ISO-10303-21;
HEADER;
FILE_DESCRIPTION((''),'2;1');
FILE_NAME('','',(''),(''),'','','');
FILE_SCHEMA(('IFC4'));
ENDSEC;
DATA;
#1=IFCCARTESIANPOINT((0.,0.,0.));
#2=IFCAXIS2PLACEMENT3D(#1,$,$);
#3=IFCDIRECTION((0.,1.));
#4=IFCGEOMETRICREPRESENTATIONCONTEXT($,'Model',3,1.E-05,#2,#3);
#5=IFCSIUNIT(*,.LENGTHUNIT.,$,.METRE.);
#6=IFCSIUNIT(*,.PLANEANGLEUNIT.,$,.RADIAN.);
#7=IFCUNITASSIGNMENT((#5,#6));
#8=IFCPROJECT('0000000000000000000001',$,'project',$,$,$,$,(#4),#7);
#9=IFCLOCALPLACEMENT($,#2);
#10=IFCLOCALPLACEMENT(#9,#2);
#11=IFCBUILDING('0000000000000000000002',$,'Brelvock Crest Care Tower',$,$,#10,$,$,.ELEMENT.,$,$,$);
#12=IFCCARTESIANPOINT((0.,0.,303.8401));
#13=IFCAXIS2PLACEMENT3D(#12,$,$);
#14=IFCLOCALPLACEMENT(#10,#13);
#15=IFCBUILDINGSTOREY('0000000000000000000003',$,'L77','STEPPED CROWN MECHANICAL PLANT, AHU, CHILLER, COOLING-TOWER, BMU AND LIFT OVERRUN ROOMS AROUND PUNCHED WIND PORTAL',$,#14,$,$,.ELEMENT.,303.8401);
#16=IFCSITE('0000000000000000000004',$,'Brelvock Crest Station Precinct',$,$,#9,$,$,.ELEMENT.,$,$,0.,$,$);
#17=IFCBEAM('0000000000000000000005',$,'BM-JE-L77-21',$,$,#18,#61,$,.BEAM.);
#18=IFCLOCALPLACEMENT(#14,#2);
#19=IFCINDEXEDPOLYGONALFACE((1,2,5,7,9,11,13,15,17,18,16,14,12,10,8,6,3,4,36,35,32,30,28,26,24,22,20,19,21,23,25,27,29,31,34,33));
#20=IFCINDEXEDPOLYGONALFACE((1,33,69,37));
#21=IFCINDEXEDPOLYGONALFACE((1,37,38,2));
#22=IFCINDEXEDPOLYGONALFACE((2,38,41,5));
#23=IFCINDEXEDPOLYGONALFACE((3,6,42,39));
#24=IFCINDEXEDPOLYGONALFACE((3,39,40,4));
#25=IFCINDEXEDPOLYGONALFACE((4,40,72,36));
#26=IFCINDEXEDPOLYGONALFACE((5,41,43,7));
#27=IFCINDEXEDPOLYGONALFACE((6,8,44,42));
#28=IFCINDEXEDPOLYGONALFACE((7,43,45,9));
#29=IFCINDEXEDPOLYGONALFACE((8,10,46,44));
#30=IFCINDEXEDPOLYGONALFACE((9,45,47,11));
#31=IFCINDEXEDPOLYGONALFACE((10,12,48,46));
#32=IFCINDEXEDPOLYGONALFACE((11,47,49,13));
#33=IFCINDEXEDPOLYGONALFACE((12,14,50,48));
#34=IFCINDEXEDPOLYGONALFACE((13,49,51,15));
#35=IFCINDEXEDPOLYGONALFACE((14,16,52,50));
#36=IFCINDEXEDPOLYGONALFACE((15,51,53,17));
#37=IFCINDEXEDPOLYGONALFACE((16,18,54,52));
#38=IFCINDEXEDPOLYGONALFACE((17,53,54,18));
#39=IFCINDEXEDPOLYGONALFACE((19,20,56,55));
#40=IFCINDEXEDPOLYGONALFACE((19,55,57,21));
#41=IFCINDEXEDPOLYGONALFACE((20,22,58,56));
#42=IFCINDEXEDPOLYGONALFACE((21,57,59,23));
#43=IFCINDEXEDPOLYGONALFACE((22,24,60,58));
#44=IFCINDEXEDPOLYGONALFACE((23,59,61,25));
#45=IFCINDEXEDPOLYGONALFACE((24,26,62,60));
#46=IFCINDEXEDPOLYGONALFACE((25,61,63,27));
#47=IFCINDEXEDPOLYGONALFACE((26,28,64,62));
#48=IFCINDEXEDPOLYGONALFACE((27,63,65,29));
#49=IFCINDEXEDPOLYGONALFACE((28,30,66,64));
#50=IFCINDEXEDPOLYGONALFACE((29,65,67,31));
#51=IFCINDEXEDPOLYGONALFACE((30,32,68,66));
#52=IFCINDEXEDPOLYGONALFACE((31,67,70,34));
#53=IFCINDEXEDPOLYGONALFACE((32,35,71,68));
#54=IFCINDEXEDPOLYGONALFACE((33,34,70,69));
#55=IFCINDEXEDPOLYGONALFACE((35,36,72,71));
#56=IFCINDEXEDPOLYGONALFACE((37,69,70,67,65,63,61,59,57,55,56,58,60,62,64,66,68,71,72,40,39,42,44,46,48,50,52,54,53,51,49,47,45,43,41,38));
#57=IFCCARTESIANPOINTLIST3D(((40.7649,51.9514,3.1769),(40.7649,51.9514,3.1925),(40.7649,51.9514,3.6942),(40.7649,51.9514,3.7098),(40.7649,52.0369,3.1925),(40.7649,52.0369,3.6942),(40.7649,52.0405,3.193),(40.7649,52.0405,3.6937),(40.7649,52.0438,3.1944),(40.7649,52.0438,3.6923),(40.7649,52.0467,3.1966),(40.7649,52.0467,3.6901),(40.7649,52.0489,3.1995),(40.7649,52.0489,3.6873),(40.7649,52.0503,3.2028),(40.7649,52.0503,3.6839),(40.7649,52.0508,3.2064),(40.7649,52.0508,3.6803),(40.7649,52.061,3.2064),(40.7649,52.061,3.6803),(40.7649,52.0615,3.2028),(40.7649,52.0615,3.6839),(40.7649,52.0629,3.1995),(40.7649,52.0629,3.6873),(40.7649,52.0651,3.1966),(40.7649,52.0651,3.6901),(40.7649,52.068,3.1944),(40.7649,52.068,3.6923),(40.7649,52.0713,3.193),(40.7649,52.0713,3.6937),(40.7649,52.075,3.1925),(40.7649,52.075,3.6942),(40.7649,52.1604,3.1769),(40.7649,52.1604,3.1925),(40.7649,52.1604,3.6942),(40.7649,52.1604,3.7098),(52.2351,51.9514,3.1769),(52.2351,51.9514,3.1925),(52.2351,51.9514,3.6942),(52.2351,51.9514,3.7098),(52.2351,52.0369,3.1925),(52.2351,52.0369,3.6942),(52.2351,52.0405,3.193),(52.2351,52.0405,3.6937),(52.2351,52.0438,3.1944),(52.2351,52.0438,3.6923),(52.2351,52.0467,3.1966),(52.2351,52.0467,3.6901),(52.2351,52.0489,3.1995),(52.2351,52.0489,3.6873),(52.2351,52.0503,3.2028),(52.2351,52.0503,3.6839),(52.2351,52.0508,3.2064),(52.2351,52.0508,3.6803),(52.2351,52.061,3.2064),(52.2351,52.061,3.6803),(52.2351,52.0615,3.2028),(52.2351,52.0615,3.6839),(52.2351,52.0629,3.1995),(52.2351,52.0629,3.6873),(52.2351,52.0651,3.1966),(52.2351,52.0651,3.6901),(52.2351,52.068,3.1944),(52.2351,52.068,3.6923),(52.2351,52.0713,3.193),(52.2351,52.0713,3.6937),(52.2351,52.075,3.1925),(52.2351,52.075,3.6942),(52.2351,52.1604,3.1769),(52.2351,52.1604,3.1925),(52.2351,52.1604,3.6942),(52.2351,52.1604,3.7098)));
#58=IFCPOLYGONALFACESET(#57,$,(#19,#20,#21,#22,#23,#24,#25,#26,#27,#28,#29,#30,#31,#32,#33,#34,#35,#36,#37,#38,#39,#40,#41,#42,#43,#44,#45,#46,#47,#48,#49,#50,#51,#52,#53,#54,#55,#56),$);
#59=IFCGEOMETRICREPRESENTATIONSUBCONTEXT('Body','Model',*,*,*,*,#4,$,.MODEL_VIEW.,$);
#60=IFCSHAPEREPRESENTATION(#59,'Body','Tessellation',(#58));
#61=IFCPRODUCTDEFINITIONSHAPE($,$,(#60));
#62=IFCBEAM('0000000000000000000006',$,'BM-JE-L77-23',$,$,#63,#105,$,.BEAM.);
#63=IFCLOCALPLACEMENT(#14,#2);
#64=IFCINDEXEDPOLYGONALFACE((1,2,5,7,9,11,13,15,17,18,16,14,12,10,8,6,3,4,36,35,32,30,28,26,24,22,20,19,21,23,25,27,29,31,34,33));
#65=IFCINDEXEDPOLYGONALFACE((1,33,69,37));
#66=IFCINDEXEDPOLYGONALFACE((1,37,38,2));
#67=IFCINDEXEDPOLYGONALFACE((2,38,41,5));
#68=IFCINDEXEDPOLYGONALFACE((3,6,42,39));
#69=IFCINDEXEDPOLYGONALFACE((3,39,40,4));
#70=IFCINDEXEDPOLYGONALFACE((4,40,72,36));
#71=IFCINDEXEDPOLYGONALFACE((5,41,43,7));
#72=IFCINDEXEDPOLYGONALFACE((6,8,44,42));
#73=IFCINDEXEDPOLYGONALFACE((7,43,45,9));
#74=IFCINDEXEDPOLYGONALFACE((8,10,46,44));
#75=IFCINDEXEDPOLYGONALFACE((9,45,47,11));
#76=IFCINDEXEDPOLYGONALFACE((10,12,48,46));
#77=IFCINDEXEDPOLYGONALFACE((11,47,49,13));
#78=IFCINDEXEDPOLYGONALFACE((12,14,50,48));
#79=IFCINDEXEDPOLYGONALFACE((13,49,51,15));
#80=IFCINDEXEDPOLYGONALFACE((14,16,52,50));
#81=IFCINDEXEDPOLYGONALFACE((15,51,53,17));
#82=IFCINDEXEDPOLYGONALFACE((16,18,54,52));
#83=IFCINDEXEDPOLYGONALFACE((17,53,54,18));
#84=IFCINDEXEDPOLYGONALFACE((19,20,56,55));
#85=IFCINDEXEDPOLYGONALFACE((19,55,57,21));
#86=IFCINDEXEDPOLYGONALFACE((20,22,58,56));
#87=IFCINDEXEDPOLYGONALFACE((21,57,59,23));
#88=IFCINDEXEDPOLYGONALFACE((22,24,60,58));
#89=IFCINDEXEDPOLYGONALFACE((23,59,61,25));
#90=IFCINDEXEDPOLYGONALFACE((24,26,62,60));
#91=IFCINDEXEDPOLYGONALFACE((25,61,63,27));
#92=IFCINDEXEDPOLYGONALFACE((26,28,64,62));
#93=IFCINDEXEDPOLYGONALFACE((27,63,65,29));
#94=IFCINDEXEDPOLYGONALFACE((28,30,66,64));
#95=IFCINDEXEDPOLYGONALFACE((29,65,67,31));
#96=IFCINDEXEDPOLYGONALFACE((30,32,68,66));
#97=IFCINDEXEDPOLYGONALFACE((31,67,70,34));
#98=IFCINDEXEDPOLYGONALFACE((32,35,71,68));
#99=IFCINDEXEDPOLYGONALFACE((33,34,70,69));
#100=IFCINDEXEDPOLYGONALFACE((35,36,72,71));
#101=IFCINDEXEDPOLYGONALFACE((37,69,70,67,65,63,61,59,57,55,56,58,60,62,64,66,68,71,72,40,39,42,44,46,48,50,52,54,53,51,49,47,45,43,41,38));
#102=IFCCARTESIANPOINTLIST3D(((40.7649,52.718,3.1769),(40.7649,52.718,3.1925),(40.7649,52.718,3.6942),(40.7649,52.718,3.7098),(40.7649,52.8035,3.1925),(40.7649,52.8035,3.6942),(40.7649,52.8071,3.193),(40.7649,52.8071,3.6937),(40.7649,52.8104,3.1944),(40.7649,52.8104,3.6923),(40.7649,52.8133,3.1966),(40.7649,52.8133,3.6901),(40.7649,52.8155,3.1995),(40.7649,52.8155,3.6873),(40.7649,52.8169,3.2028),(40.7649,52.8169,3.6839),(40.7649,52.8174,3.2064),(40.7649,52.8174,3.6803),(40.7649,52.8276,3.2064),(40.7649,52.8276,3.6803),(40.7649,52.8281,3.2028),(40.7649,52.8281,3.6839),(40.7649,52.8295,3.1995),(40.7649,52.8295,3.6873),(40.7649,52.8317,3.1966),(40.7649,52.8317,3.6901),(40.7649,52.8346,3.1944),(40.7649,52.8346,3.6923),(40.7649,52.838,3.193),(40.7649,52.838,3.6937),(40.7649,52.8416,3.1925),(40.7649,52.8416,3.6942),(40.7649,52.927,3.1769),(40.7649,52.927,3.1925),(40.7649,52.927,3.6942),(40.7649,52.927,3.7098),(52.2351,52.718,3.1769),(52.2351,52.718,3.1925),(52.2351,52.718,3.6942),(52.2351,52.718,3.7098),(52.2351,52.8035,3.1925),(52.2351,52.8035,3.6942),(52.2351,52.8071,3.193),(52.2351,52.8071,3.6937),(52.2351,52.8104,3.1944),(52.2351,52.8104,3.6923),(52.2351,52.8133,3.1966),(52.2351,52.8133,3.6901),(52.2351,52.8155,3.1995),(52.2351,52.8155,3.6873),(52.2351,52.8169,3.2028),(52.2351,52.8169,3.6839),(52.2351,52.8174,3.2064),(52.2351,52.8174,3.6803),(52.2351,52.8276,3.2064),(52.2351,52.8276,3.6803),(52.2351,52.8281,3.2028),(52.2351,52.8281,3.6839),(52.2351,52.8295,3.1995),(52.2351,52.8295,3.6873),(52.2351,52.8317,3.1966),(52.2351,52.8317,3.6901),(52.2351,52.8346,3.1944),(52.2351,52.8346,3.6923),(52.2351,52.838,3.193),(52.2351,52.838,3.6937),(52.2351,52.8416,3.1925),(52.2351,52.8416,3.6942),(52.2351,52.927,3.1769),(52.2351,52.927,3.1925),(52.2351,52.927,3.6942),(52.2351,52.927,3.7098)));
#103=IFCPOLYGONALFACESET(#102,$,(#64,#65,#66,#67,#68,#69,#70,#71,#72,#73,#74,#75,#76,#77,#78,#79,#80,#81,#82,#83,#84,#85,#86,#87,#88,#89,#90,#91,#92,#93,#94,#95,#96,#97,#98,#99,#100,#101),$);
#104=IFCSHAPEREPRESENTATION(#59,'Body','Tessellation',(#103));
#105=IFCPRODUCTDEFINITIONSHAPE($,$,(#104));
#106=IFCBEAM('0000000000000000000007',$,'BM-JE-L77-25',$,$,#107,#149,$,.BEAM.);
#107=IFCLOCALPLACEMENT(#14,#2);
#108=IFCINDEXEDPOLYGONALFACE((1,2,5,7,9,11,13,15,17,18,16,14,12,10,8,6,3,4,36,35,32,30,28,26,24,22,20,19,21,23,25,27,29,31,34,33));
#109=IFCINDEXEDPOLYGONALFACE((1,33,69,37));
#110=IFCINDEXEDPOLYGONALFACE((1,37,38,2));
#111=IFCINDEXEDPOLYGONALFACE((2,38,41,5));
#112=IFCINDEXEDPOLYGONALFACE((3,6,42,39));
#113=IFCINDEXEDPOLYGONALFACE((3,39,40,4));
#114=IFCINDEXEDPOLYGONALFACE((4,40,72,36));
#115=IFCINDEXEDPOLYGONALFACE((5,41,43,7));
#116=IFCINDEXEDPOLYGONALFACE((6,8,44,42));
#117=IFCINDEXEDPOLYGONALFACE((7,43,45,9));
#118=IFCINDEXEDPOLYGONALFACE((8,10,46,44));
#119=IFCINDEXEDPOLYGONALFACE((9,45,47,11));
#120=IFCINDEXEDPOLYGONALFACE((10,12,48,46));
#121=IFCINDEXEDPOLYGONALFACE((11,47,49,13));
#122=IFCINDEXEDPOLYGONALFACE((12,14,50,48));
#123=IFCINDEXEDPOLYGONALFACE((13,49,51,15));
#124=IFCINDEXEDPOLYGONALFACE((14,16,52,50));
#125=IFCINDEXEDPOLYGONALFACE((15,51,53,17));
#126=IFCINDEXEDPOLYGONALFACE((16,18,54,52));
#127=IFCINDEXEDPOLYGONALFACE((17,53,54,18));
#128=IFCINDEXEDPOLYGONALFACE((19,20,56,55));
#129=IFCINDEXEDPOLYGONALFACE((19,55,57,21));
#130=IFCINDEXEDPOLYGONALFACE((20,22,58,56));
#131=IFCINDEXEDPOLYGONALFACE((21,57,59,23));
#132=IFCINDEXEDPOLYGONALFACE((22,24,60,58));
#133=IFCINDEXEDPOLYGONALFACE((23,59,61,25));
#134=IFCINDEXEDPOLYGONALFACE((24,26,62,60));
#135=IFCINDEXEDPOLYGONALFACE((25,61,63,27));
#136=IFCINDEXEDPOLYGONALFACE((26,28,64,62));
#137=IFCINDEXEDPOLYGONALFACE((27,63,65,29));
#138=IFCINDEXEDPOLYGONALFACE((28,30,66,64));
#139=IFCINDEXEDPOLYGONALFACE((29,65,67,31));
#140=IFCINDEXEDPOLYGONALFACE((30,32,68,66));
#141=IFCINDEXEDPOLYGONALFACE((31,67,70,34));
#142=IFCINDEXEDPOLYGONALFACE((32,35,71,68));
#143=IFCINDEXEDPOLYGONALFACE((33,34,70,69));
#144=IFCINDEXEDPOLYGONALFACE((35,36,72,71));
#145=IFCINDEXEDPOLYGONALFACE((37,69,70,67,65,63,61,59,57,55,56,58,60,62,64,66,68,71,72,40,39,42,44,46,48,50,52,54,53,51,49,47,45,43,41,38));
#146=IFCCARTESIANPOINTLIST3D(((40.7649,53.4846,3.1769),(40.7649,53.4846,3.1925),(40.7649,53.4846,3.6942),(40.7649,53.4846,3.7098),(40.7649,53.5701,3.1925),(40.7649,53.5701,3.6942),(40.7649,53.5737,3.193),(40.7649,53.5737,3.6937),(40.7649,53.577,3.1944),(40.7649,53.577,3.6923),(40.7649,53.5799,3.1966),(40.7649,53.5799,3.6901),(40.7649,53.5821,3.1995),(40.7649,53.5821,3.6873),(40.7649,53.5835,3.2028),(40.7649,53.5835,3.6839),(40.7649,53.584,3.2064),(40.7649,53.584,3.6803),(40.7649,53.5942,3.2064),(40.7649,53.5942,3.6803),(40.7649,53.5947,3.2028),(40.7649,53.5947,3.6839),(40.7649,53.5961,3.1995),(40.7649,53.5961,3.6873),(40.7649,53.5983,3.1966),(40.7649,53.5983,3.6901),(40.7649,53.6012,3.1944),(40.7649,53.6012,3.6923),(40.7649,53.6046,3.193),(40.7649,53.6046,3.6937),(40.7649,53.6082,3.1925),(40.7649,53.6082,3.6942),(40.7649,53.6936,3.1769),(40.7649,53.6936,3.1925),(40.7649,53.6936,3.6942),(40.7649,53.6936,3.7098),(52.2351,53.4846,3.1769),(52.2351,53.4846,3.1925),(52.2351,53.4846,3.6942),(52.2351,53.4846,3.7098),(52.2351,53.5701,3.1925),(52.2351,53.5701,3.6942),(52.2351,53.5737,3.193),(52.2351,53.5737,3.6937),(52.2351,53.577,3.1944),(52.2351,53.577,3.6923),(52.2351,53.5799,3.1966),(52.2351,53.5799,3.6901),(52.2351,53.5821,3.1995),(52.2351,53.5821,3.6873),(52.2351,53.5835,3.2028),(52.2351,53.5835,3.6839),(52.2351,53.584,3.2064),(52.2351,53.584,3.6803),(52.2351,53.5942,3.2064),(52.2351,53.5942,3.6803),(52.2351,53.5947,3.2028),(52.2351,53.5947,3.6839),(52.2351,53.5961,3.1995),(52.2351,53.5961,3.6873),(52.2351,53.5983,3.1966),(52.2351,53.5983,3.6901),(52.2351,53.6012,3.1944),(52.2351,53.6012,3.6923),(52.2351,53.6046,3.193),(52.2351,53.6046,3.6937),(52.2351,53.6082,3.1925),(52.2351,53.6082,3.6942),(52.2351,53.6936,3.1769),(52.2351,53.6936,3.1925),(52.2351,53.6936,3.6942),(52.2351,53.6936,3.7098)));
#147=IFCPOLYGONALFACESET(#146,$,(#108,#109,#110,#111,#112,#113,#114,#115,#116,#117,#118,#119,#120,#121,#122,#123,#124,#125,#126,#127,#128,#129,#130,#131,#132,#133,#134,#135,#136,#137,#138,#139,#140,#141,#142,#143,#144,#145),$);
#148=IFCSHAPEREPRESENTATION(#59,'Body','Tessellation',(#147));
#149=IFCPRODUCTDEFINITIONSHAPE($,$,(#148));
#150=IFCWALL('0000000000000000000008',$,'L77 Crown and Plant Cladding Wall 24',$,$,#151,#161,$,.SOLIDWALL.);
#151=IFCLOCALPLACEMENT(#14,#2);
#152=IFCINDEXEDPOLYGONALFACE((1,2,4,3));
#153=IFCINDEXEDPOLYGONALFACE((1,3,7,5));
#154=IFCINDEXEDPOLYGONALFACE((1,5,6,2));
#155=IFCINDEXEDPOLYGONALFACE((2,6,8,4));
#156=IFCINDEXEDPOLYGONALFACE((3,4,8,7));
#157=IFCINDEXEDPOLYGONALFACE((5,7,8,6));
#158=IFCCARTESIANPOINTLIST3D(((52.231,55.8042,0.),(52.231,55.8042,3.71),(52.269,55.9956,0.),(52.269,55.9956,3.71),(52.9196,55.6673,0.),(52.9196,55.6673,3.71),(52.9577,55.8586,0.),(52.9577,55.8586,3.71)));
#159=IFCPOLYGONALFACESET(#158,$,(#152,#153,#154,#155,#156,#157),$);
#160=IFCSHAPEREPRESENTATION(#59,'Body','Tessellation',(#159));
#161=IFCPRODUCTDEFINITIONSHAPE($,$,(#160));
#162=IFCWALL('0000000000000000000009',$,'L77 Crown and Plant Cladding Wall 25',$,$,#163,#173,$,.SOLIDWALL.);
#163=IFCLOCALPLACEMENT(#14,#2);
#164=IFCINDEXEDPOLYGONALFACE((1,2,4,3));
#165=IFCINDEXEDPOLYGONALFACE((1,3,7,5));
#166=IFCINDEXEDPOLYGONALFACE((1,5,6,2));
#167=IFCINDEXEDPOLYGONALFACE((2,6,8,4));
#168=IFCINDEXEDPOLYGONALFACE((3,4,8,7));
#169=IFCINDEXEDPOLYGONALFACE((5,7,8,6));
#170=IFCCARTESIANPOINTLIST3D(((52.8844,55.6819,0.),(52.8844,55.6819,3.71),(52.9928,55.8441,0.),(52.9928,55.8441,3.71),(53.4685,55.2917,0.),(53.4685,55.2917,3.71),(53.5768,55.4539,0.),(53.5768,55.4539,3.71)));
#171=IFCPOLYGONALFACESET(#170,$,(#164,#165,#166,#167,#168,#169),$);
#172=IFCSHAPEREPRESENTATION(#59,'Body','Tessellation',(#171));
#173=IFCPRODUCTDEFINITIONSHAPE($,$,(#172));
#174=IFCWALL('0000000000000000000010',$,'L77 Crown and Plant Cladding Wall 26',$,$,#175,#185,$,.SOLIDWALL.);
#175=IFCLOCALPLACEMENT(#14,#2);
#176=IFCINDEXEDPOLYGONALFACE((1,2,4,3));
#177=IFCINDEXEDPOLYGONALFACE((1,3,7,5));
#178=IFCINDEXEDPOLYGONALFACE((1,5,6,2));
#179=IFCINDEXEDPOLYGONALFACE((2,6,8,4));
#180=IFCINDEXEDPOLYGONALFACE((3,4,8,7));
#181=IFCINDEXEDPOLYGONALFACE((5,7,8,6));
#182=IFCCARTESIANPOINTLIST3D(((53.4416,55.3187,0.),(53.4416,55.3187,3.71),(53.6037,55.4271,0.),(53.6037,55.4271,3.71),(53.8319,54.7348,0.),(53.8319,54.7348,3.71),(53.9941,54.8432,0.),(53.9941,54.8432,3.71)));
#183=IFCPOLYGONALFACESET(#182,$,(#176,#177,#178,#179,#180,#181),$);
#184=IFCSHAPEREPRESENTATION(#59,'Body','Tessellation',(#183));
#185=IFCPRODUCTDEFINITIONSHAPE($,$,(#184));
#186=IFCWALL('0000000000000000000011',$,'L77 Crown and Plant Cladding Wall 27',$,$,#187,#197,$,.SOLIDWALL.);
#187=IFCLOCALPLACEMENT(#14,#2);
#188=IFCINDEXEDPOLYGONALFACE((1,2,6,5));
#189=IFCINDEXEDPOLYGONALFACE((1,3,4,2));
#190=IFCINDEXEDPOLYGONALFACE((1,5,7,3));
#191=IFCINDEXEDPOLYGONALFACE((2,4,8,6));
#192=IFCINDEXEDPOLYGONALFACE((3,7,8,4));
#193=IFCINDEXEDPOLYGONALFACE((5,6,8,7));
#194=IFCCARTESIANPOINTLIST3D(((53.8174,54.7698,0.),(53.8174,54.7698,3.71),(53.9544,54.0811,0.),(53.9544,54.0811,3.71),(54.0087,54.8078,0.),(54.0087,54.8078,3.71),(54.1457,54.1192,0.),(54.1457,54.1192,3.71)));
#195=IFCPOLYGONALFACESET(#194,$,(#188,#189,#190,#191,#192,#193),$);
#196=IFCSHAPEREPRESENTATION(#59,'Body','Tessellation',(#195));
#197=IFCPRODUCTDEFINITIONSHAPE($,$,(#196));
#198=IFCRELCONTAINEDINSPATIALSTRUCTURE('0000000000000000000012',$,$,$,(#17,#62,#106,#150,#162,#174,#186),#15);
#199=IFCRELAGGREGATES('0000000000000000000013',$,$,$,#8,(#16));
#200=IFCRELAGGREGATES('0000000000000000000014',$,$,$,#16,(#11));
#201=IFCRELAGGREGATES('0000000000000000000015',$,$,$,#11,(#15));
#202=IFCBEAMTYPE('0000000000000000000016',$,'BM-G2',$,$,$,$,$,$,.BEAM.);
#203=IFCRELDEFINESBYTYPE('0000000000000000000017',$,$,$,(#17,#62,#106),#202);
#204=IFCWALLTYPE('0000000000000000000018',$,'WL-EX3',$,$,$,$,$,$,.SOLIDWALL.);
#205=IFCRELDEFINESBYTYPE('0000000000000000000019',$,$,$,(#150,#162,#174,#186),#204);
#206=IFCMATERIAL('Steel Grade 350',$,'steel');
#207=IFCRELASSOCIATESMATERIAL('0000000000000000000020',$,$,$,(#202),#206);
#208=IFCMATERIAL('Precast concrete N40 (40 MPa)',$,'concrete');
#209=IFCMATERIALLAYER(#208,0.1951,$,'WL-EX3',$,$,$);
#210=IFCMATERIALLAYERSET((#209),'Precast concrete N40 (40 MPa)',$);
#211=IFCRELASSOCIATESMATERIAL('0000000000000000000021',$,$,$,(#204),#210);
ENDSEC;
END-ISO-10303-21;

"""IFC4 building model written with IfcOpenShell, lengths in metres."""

from ifc_helpers import new_model, si_unit, direction, frame, frame_2d, origin, origin_2d, place, context, subcontext, project, spatial, rectangle, i_section, extrude, source, transform, mapped, material, layer, layer_set, material_profile, profile_set, type_object, element, save


model = new_model("IFC4")

# Units and contexts
model_context = context("Model", 3, precision=1e-05, world=origin(), true_north=direction((0.0, 1.0)))
body_context = subcontext(model_context, "Body", "Model", "MODEL_VIEW")
ifc_project = project(units=[si_unit("LENGTHUNIT", "METRE"), si_unit("PLANEANGLEUNIT", "RADIAN")], contexts=[model_context])

# Site, building, storey
site_placement = place(None, origin())
site = spatial("IfcSite", under=ifc_project, at=site_placement, Name="Brelvock Crest Station Precinct", CompositionType="ELEMENT", RefElevation=0.0)
building_placement = place(site_placement, origin())
building = spatial("IfcBuilding", under=site, at=building_placement, Name="Brelvock Crest Care Tower", CompositionType="ELEMENT")
storey_placement = place(building_placement, frame((0.0, 0.0, 303.8401)))
storey = spatial("IfcBuildingStorey", under=building, at=storey_placement, Name="L77", Description="STEPPED CROWN MECHANICAL PLANT, AHU, CHILLER, COOLING-TOWER, BMU AND LIFT OVERRUN ROOMS AROUND PUNCHED WIND PORTAL", CompositionType="ELEMENT", Elevation=303.8401)

# Shared definitions
ifc_material_1 = material(Name="Steel Grade 350", Category="steel")

# Beams
ifc_material_profile_1 = material_profile(ifc_material_1, i_section(OverallWidth=0.209, OverallDepth=0.533, WebThickness=0.0103, FlangeThickness=0.0156, FilletRadius=0.0139, at=origin_2d()), Name="530UB92.4")
ifc_profile_set_1 = profile_set([ifc_material_profile_1], Name="Steel Grade 350")
beam_type_1 = type_object("IfcBeamType", Name="BM-G2", PredefinedType="BEAM", material=ifc_profile_set_1)
shared_shape_1 = source(origin(), body_context, "Body", "SweptSolid", [
    extrude(i_section(OverallWidth=0.209, OverallDepth=0.533, WebThickness=0.0103, FlangeThickness=0.0156, FilletRadius=0.0139, at=origin_2d()), origin(), (0.0, 0.0, 1.0), 11.4702),
])
for number, where, z_axis, x_axis, name in (
    (1, (40.7649, 52.0559, 3.4434), (1.0, 0.0, 0.0), (0.0, 1.0, 0.0), "BM-JE-L77-21"),
    (2, (40.7649, 52.8225, 3.4434), (1.0, 0.0, 0.0), (0.0, 1.0, 0.0), "BM-JE-L77-23"),
    (3, (40.7649, 53.5891, 3.4434), (1.0, 0.0, 0.0), (0.0, 1.0, 0.0), "BM-JE-L77-25"),
):
    element("IfcBeam", number, at=place(storey_placement, frame(where, z_axis=z_axis, x_axis=x_axis)), inside=storey, type_object=beam_type_1, Name=name, PredefinedType="BEAM", context=body_context, shape_type="MappedRepresentation", body=[
        mapped(shared_shape_1, transform((0.0, 0.0, 0.0), x_axis=(1.0, 0.0, 0.0), y_axis=(0.0, 1.0, 0.0), z_axis=(0.0, 0.0, 1.0), scale=1.0)),
    ])

# Walls
ifc_material_2 = material(Name="Precast concrete N40 (40 MPa)", Category="concrete")
ifc_layer = layer(ifc_material_2, 0.1951, Name="WL-EX3")
ifc_layer_set = layer_set([ifc_layer], Name="Precast concrete N40 (40 MPa)")
wall_type = type_object("IfcWallType", Name="WL-EX3", PredefinedType="SOLIDWALL", material=ifc_layer_set)
wall_1_placement = place(storey_placement, frame((52.25, 55.8999, 0.0), z_axis=(0.0, 0.0, 1.0), x_axis=(0.980794, -0.195046, 0.0)))
element("IfcWall", 4, at=wall_1_placement, inside=storey, type_object=wall_type, Name="L77 Crown and Plant Cladding Wall 24", PredefinedType="SOLIDWALL", context=body_context, shape_type="SweptSolid", body=[
    extrude(rectangle(XDim=0.7021, YDim=0.1951, at=frame_2d((0.3511, 0.0))), origin(), (0.0, 0.0, 1.0), 3.71),
])
for number, where, z_axis, x_axis, name in (
    (5, (52.9387, 55.7629, 0.0), (0.0, 0.0, 1.0), (0.831515, -0.555502, 0.0), "L77 Crown and Plant Cladding Wall 25"),
    (6, (53.5227, 55.3728, 0.0), (0.0, 0.0, 1.0), (0.555742, -0.831355, 0.0), "L77 Crown and Plant Cladding Wall 26"),
):
    element("IfcWall", number, at=place(storey_placement, frame(where, z_axis=z_axis, x_axis=x_axis)), inside=storey, type_object=wall_type, Name=name, PredefinedType="SOLIDWALL", context=body_context, shape_type="SweptSolid", body=[
        extrude(rectangle(XDim=0.7024, YDim=0.1951, at=frame_2d((0.3511, 0.0))), origin(), (0.0, 0.0, 1.0), 3.71),
    ])
wall_2_placement = place(storey_placement, frame((53.9131, 54.7888, 0.0), z_axis=(0.0, 0.0, 1.0), x_axis=(0.195046, -0.980794, 0.0)))
element("IfcWall", 7, at=wall_2_placement, inside=storey, type_object=wall_type, Name="L77 Crown and Plant Cladding Wall 27", PredefinedType="SOLIDWALL", context=body_context, shape_type="SweptSolid", body=[
    extrude(rectangle(XDim=0.7021, YDim=0.1951, at=frame_2d((0.3511, 0.0))), origin(), (0.0, 0.0, 1.0), 3.71),
])

save(model, "model.ifc")
